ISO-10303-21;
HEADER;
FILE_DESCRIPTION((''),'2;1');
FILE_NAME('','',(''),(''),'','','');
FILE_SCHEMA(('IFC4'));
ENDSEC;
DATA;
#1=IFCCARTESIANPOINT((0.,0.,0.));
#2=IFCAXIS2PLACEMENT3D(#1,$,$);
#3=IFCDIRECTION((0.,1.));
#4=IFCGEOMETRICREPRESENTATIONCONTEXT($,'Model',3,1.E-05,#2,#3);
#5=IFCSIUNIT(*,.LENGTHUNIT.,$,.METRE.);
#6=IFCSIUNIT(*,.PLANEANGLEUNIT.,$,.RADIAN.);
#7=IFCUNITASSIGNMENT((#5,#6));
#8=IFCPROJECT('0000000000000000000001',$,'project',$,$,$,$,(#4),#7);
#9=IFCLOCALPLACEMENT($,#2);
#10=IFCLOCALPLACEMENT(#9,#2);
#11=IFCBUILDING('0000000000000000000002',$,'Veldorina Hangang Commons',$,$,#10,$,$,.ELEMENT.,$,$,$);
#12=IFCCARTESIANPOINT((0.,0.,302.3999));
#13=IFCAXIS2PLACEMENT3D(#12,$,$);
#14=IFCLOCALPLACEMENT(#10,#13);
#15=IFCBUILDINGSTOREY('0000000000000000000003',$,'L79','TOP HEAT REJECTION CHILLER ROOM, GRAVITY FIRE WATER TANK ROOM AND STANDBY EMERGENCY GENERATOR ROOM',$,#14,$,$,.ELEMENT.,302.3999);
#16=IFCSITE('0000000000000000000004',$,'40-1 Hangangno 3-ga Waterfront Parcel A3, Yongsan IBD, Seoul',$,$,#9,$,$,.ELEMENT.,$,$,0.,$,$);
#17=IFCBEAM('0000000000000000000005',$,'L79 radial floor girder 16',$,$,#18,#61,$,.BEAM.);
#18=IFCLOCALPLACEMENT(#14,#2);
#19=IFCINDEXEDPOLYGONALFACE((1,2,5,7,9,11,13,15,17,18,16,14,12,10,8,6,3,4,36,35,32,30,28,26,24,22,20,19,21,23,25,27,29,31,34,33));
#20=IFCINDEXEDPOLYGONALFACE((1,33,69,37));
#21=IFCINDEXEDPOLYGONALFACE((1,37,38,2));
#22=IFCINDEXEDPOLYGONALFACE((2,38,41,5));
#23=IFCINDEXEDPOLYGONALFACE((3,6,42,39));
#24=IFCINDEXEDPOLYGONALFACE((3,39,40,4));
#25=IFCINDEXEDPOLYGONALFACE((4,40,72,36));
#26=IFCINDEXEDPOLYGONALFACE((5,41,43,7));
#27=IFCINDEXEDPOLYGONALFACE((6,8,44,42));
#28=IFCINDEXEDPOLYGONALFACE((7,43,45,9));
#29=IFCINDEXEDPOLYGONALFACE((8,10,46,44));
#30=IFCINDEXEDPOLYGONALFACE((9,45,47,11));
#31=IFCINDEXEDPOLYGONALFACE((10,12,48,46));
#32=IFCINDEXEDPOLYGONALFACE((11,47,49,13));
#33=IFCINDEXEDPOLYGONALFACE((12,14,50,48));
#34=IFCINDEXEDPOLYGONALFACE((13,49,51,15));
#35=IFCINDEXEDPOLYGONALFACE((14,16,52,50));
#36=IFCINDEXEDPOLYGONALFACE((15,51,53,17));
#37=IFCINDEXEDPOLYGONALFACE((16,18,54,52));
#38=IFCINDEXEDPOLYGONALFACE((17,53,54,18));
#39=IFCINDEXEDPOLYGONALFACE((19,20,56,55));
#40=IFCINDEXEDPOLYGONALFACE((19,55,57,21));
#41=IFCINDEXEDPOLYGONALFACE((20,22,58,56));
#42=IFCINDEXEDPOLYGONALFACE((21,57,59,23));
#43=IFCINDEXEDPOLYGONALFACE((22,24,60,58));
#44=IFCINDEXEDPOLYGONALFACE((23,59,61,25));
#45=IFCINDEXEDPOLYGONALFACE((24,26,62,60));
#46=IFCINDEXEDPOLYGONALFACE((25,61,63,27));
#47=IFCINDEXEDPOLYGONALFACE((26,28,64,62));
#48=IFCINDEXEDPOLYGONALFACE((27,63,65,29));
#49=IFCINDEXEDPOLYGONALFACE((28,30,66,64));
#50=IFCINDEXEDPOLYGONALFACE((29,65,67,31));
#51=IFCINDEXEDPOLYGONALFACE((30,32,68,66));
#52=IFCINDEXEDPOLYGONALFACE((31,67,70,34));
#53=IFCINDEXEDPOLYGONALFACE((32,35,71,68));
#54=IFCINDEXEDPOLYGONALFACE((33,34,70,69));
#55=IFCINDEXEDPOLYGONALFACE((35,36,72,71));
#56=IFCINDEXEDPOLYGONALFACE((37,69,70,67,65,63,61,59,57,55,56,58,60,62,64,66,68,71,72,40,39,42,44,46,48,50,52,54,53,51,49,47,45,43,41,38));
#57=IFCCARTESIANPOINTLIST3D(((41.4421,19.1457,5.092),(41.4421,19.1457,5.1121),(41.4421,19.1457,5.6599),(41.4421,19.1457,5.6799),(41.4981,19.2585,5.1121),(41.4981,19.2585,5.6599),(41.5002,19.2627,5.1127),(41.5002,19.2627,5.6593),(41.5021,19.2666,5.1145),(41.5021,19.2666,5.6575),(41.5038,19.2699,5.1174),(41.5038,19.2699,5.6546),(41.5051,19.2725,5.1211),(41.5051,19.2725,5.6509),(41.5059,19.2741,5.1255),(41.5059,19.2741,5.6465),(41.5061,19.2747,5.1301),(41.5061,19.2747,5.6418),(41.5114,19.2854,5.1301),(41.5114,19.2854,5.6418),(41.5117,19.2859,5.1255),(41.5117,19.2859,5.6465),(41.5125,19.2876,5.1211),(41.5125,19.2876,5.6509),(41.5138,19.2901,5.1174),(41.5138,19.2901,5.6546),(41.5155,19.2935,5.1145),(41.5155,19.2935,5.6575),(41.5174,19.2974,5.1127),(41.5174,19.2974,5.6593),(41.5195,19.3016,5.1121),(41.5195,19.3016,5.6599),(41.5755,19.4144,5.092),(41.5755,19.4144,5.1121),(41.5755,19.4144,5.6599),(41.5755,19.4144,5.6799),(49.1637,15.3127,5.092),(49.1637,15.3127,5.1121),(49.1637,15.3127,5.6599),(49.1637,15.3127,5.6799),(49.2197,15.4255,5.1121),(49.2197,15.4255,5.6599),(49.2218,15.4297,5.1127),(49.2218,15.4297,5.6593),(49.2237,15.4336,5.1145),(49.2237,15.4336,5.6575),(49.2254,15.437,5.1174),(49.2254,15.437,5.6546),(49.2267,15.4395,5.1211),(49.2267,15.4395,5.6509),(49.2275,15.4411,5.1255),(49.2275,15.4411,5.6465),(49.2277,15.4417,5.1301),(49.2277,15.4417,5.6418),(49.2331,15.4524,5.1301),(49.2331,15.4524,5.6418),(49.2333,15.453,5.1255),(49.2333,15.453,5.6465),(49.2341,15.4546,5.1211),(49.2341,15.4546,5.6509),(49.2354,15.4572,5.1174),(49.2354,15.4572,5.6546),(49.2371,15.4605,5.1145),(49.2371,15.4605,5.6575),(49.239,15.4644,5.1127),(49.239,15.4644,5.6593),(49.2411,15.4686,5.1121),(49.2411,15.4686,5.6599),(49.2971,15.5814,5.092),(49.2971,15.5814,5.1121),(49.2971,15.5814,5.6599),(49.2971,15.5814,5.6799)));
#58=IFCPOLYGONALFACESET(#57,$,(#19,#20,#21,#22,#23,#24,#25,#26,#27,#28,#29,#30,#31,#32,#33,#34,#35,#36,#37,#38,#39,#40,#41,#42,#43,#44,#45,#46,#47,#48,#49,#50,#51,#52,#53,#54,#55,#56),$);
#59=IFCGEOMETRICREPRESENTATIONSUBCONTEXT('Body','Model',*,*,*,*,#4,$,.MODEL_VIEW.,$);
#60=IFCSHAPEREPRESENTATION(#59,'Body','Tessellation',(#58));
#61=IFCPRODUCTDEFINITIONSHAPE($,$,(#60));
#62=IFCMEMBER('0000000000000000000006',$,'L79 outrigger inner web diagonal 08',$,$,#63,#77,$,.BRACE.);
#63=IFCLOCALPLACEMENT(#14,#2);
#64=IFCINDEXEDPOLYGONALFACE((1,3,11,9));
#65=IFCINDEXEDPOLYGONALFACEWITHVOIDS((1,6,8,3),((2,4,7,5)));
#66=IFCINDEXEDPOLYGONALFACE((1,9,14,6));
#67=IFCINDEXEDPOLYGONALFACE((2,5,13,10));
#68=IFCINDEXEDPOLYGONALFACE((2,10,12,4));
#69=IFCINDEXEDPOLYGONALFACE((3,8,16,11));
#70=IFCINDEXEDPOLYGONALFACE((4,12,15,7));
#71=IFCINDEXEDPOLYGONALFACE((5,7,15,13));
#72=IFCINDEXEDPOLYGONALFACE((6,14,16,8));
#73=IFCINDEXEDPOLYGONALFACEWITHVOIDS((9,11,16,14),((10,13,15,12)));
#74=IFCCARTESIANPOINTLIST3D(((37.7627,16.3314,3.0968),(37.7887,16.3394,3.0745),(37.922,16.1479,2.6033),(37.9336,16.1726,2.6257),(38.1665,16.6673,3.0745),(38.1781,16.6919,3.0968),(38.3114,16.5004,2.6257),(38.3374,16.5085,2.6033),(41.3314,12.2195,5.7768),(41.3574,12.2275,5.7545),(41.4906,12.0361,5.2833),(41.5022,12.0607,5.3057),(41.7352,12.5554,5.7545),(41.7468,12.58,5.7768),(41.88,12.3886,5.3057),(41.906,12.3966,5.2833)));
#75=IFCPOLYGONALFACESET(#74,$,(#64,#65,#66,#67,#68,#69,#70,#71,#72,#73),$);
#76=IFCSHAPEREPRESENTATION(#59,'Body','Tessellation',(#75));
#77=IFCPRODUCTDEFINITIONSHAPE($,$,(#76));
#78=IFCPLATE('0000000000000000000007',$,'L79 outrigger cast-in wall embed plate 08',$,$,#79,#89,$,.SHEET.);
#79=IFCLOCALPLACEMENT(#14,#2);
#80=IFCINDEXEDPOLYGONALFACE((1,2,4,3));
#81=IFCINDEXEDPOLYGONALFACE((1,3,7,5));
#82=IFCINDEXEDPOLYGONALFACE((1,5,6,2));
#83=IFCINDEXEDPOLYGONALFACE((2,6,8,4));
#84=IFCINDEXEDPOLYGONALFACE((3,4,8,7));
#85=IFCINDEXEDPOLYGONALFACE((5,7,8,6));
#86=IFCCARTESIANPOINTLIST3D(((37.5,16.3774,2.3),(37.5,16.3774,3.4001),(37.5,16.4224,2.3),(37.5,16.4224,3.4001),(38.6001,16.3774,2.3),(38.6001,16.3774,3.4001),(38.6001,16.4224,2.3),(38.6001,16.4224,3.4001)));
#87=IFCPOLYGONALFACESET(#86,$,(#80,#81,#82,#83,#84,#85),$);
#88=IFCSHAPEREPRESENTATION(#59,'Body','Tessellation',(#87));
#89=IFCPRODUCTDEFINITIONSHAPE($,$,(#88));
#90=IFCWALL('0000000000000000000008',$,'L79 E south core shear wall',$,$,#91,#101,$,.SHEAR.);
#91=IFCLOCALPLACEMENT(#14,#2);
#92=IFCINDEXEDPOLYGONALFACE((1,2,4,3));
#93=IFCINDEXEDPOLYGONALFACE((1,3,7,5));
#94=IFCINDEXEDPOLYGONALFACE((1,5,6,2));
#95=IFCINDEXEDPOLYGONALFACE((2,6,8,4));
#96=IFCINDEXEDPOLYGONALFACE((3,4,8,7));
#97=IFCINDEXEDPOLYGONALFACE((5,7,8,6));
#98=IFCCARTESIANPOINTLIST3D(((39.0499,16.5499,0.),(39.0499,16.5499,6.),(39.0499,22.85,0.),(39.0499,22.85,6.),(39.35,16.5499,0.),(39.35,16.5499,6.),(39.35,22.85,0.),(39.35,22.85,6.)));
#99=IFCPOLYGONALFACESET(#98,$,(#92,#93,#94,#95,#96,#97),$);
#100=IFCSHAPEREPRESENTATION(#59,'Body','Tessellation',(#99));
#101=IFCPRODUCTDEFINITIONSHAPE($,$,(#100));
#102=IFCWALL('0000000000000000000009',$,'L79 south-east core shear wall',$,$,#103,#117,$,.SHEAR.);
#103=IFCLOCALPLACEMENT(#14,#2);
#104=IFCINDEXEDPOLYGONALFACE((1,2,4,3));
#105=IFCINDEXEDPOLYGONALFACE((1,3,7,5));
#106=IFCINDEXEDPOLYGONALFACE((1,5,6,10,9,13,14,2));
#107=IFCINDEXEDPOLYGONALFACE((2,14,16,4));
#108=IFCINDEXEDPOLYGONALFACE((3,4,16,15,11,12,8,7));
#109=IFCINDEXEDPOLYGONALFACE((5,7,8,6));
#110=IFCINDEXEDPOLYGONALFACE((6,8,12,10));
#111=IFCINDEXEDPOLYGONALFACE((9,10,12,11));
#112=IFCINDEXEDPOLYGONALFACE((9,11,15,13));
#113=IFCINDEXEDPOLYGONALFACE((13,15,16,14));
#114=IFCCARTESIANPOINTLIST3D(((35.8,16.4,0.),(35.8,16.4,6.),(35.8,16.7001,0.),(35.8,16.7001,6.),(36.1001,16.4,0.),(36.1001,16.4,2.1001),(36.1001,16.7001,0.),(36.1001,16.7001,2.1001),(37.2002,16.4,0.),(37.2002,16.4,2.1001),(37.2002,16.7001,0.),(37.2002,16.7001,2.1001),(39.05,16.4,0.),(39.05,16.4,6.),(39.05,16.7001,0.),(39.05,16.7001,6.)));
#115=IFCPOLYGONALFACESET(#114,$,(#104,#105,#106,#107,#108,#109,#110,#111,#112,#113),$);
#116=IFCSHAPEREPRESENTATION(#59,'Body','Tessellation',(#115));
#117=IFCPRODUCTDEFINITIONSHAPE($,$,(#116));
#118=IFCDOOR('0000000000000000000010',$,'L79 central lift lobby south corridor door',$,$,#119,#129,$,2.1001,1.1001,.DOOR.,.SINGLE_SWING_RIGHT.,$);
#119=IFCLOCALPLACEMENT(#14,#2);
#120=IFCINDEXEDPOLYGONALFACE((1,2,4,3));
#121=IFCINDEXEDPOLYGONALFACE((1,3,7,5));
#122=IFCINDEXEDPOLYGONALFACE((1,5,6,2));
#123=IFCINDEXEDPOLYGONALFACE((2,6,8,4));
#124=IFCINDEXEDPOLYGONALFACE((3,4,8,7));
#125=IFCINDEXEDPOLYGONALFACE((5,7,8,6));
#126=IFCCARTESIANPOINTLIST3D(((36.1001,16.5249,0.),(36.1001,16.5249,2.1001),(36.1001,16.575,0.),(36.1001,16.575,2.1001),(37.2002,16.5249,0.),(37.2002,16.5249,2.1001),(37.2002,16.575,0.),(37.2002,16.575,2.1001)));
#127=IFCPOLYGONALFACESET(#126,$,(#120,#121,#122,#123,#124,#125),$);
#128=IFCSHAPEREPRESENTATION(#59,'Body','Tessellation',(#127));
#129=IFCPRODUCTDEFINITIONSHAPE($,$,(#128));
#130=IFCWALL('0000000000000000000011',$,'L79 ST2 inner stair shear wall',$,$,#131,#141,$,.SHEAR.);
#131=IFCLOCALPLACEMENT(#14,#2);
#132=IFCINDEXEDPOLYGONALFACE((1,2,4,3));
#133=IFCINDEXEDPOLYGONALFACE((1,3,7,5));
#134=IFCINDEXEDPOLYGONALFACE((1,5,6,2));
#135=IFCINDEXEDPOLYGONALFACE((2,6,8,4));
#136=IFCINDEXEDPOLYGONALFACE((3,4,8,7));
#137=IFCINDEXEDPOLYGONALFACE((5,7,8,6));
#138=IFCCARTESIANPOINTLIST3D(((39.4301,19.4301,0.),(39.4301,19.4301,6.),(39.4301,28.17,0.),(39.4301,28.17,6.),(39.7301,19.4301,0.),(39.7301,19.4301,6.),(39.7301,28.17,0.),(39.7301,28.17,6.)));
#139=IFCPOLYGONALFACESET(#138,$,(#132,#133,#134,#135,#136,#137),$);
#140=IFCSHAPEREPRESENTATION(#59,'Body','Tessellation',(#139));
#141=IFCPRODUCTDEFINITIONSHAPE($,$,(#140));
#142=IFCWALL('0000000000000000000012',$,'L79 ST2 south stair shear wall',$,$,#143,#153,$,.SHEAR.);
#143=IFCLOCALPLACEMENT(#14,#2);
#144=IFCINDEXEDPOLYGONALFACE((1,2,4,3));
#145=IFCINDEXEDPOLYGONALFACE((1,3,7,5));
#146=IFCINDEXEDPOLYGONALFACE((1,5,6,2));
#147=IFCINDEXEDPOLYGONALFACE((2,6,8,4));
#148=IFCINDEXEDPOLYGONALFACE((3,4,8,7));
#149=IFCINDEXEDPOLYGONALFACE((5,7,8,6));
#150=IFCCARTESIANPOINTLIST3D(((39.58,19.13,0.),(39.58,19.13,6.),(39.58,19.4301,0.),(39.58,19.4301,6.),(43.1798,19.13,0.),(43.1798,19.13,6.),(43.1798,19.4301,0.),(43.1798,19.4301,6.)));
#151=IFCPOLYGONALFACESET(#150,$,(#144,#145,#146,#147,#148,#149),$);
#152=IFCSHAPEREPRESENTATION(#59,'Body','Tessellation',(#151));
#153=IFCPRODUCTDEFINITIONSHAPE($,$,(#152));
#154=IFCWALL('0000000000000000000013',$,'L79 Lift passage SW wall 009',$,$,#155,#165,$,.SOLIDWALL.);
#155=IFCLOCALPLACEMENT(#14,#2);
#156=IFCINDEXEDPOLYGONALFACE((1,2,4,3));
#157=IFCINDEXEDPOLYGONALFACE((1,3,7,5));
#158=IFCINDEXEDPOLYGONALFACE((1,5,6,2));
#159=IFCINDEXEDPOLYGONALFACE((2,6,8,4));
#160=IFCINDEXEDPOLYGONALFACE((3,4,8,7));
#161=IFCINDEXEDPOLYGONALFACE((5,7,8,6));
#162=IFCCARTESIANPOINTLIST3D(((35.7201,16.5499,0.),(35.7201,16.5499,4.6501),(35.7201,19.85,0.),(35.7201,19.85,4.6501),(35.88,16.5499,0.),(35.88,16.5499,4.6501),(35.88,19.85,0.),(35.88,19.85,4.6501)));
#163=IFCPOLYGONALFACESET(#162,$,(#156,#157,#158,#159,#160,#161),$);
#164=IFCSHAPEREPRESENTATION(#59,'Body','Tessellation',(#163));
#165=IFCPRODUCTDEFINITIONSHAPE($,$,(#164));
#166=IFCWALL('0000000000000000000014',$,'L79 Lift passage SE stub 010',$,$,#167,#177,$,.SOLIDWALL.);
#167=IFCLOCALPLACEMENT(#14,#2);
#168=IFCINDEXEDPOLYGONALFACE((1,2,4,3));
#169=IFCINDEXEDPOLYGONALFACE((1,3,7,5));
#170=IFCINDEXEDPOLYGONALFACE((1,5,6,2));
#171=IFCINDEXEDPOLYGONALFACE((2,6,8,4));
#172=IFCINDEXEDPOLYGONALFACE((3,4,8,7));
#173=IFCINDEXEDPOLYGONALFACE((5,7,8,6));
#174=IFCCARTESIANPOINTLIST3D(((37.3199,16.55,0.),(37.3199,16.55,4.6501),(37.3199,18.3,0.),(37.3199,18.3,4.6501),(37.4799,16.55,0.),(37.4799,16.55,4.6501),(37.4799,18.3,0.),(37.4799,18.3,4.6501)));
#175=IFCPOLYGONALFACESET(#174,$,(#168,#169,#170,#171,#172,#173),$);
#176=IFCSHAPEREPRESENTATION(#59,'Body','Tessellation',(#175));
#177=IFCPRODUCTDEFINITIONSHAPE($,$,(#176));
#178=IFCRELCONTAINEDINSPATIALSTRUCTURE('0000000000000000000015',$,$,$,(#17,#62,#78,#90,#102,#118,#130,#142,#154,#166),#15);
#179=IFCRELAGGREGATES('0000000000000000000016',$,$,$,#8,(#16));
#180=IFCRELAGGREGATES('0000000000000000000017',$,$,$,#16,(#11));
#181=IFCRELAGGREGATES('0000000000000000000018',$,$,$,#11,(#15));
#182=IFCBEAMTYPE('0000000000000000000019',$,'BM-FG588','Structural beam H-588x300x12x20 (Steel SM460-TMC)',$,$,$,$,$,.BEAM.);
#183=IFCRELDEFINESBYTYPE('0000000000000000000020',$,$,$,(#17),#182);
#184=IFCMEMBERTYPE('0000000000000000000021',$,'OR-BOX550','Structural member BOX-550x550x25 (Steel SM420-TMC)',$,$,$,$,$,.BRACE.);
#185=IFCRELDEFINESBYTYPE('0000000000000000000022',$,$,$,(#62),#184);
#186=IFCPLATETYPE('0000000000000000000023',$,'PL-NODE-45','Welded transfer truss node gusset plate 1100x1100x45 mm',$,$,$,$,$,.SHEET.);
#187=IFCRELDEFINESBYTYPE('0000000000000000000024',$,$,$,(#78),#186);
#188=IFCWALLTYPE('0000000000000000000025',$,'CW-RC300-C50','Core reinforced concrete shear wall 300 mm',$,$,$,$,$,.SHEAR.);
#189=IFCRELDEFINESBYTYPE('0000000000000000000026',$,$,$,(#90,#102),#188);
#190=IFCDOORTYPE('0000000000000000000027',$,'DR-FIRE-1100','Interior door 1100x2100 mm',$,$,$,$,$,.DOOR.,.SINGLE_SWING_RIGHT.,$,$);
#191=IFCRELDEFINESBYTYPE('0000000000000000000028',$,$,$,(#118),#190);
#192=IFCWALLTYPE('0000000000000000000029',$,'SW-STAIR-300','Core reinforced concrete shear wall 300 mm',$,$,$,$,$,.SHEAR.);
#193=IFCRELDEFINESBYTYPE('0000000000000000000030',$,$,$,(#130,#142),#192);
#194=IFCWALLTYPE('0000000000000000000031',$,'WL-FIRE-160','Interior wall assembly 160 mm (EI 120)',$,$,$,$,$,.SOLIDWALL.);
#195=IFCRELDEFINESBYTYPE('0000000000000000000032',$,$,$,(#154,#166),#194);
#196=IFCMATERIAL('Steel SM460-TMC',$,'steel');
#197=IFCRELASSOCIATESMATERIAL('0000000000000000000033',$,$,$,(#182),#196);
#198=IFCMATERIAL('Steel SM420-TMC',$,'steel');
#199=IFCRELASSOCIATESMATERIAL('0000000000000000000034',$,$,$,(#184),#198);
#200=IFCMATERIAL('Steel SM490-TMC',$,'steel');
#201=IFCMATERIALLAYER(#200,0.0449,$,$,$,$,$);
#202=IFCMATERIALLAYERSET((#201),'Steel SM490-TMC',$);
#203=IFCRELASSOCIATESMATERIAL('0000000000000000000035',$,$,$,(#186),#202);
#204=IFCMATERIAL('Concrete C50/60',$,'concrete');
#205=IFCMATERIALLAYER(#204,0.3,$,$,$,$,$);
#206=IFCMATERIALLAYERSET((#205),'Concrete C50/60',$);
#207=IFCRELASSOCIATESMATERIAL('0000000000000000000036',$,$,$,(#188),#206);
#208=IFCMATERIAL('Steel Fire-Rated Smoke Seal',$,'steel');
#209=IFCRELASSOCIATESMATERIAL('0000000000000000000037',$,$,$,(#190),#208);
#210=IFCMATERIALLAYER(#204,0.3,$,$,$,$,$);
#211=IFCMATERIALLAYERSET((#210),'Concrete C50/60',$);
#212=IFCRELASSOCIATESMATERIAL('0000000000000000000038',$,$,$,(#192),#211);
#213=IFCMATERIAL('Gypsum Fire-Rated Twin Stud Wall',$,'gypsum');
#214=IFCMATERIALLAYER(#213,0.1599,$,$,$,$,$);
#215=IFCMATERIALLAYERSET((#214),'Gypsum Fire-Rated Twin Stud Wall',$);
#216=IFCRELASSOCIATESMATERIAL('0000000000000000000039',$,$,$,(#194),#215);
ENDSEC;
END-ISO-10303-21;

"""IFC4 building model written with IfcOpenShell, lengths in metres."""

from ifc_helpers import new_model, si_unit, direction, frame, frame_2d, origin, origin_2d, place, context, subcontext, project, spatial, rectangle, hollow_rectangle, i_section, extrude, material, layer, layer_set, material_profile, profile_set, type_object, element, fill, save


model = new_model("IFC4")

# Units and contexts
model_context = context("Model", 3, precision=1e-05, world=origin(), true_north=direction((0.0, 1.0)))
body_context = subcontext(model_context, "Body", "Model", "MODEL_VIEW")
ifc_project = project(units=[si_unit("LENGTHUNIT", "METRE"), si_unit("PLANEANGLEUNIT", "RADIAN")], contexts=[model_context])

# Site, building, storey
site_placement = place(None, origin())
site = spatial("IfcSite", under=ifc_project, at=site_placement, Name="40-1 Hangangno 3-ga Waterfront Parcel A3, Yongsan IBD, Seoul", CompositionType="ELEMENT", RefElevation=0.0)
building_placement = place(site_placement, origin())
building = spatial("IfcBuilding", under=site, at=building_placement, Name="Veldorina Hangang Commons", CompositionType="ELEMENT")
storey_placement = place(building_placement, frame((0.0, 0.0, 302.3999)))
storey = spatial("IfcBuildingStorey", under=building, at=storey_placement, Name="L79", Description="TOP HEAT REJECTION CHILLER ROOM, GRAVITY FIRE WATER TANK ROOM AND STANDBY EMERGENCY GENERATOR ROOM", CompositionType="ELEMENT", Elevation=302.3999)

# Beam
ifc_material_1 = material(Name="Steel SM460-TMC", Category="steel")
ifc_material_2 = material(Name="Concrete C50/60", Category="concrete")
ifc_material_profile_1 = material_profile(ifc_material_1, i_section(OverallWidth=0.3, OverallDepth=0.5879, WebThickness=0.012, FlangeThickness=0.02, FilletRadius=0.0181, at=origin_2d()), Name="H-588x300x12x20")
ifc_profile_set_1 = profile_set([ifc_material_profile_1], Name="Steel SM460-TMC")
beam_type_1 = type_object("IfcBeamType", Name="BM-FG588", Description="Structural beam H-588x300x12x20 (Steel SM460-TMC)", PredefinedType="BEAM", material=ifc_profile_set_1)
beam_1_placement = place(storey_placement, frame((41.5088, 19.28, 5.386), z_axis=(0.895715, -0.444629, 0.0), x_axis=(0.444629, 0.895715, 0.0)))
element("IfcBeam", 1, at=beam_1_placement, inside=storey, type_object=beam_type_1, Name="L79 radial floor girder 16", PredefinedType="BEAM", context=body_context, shape_type="SweptSolid", body=[
    extrude(i_section(OverallWidth=0.3, OverallDepth=0.5879, WebThickness=0.012, FlangeThickness=0.02, FilletRadius=0.0181, at=origin_2d()), origin(), (0.0, 0.0, 1.0), 8.6206),
])

# Member
ifc_material_3 = material(Name="Steel SM420-TMC", Category="steel")
ifc_material_profile_2 = material_profile(ifc_material_3, hollow_rectangle(XDim=0.55, YDim=0.55, WallThickness=0.0249, at=origin_2d()), Name="BOX-550x550x25")
ifc_profile_set_2 = profile_set([ifc_material_profile_2], Name="Steel SM420-TMC")
member_type = type_object("IfcMemberType", Name="OR-BOX550", Description="Structural member BOX-550x550x25 (Steel SM420-TMC)", PredefinedType="BRACE", material=ifc_profile_set_2)
member_placement = place(storey_placement, frame((38.05, 16.4199, 2.8501), z_axis=(0.588075, -0.677592, 0.44163), x_axis=(0.755232, 0.655458, 0.0)))
element("IfcMember", 2, at=member_placement, inside=storey, type_object=member_type, Name="L79 outrigger inner web diagonal 08", PredefinedType="BRACE", context=body_context, shape_type="SweptSolid", body=[
    extrude(hollow_rectangle(XDim=0.55, YDim=0.55, WallThickness=0.0249, at=origin_2d()), origin(), (0.0, 0.0, 1.0), 6.0684),
])

# Plate
ifc_material_4 = material(Name="Steel SM490-TMC", Category="steel")
ifc_layer_1 = layer(ifc_material_4, 0.0449)
ifc_layer_set_1 = layer_set([ifc_layer_1], Name="Steel SM490-TMC")
plate_type = type_object("IfcPlateType", Name="PL-NODE-45", Description="Welded transfer truss node gusset plate 1100x1100x45 mm", PredefinedType="SHEET", material=ifc_layer_set_1)
plate_placement = place(storey_placement, frame((38.05, 16.3999, 2.3), z_axis=(0.0, 0.0, 1.0), x_axis=(1.0, 0.0, 0.0)))
element("IfcPlate", 3, at=plate_placement, inside=storey, type_object=plate_type, Name="L79 outrigger cast-in wall embed plate 08", PredefinedType="SHEET", context=body_context, shape_type="SweptSolid", body=[
    extrude(rectangle(XDim=1.1001, YDim=0.0449, at=origin_2d()), origin(), (0.0, 0.0, 1.0), 1.1001),
])

# Wall
ifc_layer_2 = layer(ifc_material_2, 0.3)
ifc_layer_set_2 = layer_set([ifc_layer_2], Name="Concrete C50/60")
wall_type_1 = type_object("IfcWallType", Name="CW-RC300-C50", Description="Core reinforced concrete shear wall 300 mm", PredefinedType="SHEAR", material=ifc_layer_set_2)
wall_1_placement = place(storey_placement, frame((39.2, 16.55, 0.0), z_axis=(0.0, 0.0, 1.0), x_axis=(0.0, 1.0, 0.0)))
element("IfcWall", 4, at=wall_1_placement, inside=storey, type_object=wall_type_1, Name="L79 E south core shear wall", PredefinedType="SHEAR", context=body_context, shape_type="SweptSolid", body=[
    extrude(rectangle(XDim=6.3, YDim=0.3, at=frame_2d((3.1499, 0.0))), origin(), (0.0, 0.0, 1.0), 6.0),
])

# Wall, opening, door
wall_2_placement = place(storey_placement, frame((35.8, 16.55, 0.0), z_axis=(0.0, 0.0, 1.0), x_axis=(1.0, 0.0, 0.0)))
wall_2 = element("IfcWall", 5, at=wall_2_placement, inside=storey, type_object=wall_type_1, Name="L79 south-east core shear wall", PredefinedType="SHEAR", context=body_context, shape_type="SweptSolid", body=[
    extrude(rectangle(XDim=3.25, YDim=0.3, at=frame_2d((1.625, 0.0))), origin(), (0.0, 0.0, 1.0), 6.0),
])
opening_1_placement = place(wall_2_placement, frame((0.3, 0.0, 0.0)))
opening_1 = element("IfcOpeningElement", 6, at=opening_1_placement, cuts=wall_2, PredefinedType="OPENING", context=body_context, shape_type="SweptSolid", body=[
    extrude(rectangle(XDim=1.1001, YDim=2.1001, at=frame_2d((0.55, 1.05))), frame((0.0, 0.1602, 0.0), z_axis=(0.0, -1.0, 0.0), x_axis=(1.0, 0.0, 0.0)), (0.0, 0.0, 1.0), 0.3201),
])
ifc_material_5 = material(Name="Steel Fire-Rated Smoke Seal", Category="steel")
door_type_1 = type_object("IfcDoorType", Name="DR-FIRE-1100", Description="Interior door 1100x2100 mm", OperationType="SINGLE_SWING_RIGHT", PredefinedType="DOOR", material=ifc_material_5)
door_1_placement = place(opening_1_placement, origin())
door_1 = element("IfcDoor", 7, at=door_1_placement, inside=storey, type_object=door_type_1, Name="L79 central lift lobby south corridor door", OperationType="SINGLE_SWING_RIGHT", OverallHeight=2.1001, OverallWidth=1.1001, PredefinedType="DOOR", context=body_context, shape_type="SweptSolid", body=[
    extrude(rectangle(XDim=1.1001, YDim=2.1001, at=frame_2d((0.55, 1.05))), frame((0.0, 0.0249, 0.0), z_axis=(0.0, -1.0, 0.0), x_axis=(1.0, 0.0, 0.0)), (0.0, 0.0, 1.0), 0.05),
])
fill(opening_1, door_1)

# Walls
ifc_layer_3 = layer(ifc_material_2, 0.3)
ifc_layer_set_3 = layer_set([ifc_layer_3], Name="Concrete C50/60")
wall_type_2 = type_object("IfcWallType", Name="SW-STAIR-300", Description="Core reinforced concrete shear wall 300 mm", PredefinedType="SHEAR", material=ifc_layer_set_3)
wall_3_placement = place(storey_placement, frame((39.5801, 19.4299, 0.0), z_axis=(0.0, 0.0, 1.0), x_axis=(0.0, 1.0, 0.0)))
element("IfcWall", 8, at=wall_3_placement, inside=storey, type_object=wall_type_2, Name="L79 ST2 inner stair shear wall", PredefinedType="SHEAR", context=body_context, shape_type="SweptSolid", body=[
    extrude(rectangle(XDim=8.74, YDim=0.3, at=frame_2d((4.3701, 0.0))), origin(), (0.0, 0.0, 1.0), 6.0),
])
wall_4_placement = place(storey_placement, frame((39.5801, 19.28, 0.0), z_axis=(0.0, 0.0, 1.0), x_axis=(1.0, 0.0, 0.0)))
element("IfcWall", 9, at=wall_4_placement, inside=storey, type_object=wall_type_2, Name="L79 ST2 south stair shear wall", PredefinedType="SHEAR", context=body_context, shape_type="SweptSolid", body=[
    extrude(rectangle(XDim=3.5999, YDim=0.3, at=frame_2d((1.7998, 0.0))), origin(), (0.0, 0.0, 1.0), 6.0),
])
ifc_material_6 = material(Name="Gypsum Fire-Rated Twin Stud Wall", Category="gypsum")
ifc_layer_4 = layer(ifc_material_6, 0.1599)
ifc_layer_set_4 = layer_set([ifc_layer_4], Name="Gypsum Fire-Rated Twin Stud Wall")
wall_type_3 = type_object("IfcWallType", Name="WL-FIRE-160", Description="Interior wall assembly 160 mm (EI 120)", PredefinedType="SOLIDWALL", material=ifc_layer_set_4)
wall_5_placement = place(storey_placement, frame((35.8, 16.55, 0.0), z_axis=(0.0, 0.0, 1.0), x_axis=(0.0, 1.0, 0.0)))
element("IfcWall", 10, at=wall_5_placement, inside=storey, type_object=wall_type_3, Name="L79 Lift passage SW wall 009", PredefinedType="SOLIDWALL", context=body_context, shape_type="SweptSolid", body=[
    extrude(rectangle(XDim=3.3, YDim=0.1599, at=frame_2d((1.6499, 0.0))), origin(), (0.0, 0.0, 1.0), 4.6501),
])
wall_6_placement = place(storey_placement, frame((37.3999, 16.55, 0.0), z_axis=(0.0, 0.0, 1.0), x_axis=(0.0, 1.0, 0.0)))
element("IfcWall", 11, at=wall_6_placement, inside=storey, type_object=wall_type_3, Name="L79 Lift passage SE stub 010", PredefinedType="SOLIDWALL", context=body_context, shape_type="SweptSolid", body=[
    extrude(rectangle(XDim=1.75, YDim=0.1599, at=frame_2d((0.875, 0.0))), origin(), (0.0, 0.0, 1.0), 4.6501),
])

save(model, "model.ifc")
